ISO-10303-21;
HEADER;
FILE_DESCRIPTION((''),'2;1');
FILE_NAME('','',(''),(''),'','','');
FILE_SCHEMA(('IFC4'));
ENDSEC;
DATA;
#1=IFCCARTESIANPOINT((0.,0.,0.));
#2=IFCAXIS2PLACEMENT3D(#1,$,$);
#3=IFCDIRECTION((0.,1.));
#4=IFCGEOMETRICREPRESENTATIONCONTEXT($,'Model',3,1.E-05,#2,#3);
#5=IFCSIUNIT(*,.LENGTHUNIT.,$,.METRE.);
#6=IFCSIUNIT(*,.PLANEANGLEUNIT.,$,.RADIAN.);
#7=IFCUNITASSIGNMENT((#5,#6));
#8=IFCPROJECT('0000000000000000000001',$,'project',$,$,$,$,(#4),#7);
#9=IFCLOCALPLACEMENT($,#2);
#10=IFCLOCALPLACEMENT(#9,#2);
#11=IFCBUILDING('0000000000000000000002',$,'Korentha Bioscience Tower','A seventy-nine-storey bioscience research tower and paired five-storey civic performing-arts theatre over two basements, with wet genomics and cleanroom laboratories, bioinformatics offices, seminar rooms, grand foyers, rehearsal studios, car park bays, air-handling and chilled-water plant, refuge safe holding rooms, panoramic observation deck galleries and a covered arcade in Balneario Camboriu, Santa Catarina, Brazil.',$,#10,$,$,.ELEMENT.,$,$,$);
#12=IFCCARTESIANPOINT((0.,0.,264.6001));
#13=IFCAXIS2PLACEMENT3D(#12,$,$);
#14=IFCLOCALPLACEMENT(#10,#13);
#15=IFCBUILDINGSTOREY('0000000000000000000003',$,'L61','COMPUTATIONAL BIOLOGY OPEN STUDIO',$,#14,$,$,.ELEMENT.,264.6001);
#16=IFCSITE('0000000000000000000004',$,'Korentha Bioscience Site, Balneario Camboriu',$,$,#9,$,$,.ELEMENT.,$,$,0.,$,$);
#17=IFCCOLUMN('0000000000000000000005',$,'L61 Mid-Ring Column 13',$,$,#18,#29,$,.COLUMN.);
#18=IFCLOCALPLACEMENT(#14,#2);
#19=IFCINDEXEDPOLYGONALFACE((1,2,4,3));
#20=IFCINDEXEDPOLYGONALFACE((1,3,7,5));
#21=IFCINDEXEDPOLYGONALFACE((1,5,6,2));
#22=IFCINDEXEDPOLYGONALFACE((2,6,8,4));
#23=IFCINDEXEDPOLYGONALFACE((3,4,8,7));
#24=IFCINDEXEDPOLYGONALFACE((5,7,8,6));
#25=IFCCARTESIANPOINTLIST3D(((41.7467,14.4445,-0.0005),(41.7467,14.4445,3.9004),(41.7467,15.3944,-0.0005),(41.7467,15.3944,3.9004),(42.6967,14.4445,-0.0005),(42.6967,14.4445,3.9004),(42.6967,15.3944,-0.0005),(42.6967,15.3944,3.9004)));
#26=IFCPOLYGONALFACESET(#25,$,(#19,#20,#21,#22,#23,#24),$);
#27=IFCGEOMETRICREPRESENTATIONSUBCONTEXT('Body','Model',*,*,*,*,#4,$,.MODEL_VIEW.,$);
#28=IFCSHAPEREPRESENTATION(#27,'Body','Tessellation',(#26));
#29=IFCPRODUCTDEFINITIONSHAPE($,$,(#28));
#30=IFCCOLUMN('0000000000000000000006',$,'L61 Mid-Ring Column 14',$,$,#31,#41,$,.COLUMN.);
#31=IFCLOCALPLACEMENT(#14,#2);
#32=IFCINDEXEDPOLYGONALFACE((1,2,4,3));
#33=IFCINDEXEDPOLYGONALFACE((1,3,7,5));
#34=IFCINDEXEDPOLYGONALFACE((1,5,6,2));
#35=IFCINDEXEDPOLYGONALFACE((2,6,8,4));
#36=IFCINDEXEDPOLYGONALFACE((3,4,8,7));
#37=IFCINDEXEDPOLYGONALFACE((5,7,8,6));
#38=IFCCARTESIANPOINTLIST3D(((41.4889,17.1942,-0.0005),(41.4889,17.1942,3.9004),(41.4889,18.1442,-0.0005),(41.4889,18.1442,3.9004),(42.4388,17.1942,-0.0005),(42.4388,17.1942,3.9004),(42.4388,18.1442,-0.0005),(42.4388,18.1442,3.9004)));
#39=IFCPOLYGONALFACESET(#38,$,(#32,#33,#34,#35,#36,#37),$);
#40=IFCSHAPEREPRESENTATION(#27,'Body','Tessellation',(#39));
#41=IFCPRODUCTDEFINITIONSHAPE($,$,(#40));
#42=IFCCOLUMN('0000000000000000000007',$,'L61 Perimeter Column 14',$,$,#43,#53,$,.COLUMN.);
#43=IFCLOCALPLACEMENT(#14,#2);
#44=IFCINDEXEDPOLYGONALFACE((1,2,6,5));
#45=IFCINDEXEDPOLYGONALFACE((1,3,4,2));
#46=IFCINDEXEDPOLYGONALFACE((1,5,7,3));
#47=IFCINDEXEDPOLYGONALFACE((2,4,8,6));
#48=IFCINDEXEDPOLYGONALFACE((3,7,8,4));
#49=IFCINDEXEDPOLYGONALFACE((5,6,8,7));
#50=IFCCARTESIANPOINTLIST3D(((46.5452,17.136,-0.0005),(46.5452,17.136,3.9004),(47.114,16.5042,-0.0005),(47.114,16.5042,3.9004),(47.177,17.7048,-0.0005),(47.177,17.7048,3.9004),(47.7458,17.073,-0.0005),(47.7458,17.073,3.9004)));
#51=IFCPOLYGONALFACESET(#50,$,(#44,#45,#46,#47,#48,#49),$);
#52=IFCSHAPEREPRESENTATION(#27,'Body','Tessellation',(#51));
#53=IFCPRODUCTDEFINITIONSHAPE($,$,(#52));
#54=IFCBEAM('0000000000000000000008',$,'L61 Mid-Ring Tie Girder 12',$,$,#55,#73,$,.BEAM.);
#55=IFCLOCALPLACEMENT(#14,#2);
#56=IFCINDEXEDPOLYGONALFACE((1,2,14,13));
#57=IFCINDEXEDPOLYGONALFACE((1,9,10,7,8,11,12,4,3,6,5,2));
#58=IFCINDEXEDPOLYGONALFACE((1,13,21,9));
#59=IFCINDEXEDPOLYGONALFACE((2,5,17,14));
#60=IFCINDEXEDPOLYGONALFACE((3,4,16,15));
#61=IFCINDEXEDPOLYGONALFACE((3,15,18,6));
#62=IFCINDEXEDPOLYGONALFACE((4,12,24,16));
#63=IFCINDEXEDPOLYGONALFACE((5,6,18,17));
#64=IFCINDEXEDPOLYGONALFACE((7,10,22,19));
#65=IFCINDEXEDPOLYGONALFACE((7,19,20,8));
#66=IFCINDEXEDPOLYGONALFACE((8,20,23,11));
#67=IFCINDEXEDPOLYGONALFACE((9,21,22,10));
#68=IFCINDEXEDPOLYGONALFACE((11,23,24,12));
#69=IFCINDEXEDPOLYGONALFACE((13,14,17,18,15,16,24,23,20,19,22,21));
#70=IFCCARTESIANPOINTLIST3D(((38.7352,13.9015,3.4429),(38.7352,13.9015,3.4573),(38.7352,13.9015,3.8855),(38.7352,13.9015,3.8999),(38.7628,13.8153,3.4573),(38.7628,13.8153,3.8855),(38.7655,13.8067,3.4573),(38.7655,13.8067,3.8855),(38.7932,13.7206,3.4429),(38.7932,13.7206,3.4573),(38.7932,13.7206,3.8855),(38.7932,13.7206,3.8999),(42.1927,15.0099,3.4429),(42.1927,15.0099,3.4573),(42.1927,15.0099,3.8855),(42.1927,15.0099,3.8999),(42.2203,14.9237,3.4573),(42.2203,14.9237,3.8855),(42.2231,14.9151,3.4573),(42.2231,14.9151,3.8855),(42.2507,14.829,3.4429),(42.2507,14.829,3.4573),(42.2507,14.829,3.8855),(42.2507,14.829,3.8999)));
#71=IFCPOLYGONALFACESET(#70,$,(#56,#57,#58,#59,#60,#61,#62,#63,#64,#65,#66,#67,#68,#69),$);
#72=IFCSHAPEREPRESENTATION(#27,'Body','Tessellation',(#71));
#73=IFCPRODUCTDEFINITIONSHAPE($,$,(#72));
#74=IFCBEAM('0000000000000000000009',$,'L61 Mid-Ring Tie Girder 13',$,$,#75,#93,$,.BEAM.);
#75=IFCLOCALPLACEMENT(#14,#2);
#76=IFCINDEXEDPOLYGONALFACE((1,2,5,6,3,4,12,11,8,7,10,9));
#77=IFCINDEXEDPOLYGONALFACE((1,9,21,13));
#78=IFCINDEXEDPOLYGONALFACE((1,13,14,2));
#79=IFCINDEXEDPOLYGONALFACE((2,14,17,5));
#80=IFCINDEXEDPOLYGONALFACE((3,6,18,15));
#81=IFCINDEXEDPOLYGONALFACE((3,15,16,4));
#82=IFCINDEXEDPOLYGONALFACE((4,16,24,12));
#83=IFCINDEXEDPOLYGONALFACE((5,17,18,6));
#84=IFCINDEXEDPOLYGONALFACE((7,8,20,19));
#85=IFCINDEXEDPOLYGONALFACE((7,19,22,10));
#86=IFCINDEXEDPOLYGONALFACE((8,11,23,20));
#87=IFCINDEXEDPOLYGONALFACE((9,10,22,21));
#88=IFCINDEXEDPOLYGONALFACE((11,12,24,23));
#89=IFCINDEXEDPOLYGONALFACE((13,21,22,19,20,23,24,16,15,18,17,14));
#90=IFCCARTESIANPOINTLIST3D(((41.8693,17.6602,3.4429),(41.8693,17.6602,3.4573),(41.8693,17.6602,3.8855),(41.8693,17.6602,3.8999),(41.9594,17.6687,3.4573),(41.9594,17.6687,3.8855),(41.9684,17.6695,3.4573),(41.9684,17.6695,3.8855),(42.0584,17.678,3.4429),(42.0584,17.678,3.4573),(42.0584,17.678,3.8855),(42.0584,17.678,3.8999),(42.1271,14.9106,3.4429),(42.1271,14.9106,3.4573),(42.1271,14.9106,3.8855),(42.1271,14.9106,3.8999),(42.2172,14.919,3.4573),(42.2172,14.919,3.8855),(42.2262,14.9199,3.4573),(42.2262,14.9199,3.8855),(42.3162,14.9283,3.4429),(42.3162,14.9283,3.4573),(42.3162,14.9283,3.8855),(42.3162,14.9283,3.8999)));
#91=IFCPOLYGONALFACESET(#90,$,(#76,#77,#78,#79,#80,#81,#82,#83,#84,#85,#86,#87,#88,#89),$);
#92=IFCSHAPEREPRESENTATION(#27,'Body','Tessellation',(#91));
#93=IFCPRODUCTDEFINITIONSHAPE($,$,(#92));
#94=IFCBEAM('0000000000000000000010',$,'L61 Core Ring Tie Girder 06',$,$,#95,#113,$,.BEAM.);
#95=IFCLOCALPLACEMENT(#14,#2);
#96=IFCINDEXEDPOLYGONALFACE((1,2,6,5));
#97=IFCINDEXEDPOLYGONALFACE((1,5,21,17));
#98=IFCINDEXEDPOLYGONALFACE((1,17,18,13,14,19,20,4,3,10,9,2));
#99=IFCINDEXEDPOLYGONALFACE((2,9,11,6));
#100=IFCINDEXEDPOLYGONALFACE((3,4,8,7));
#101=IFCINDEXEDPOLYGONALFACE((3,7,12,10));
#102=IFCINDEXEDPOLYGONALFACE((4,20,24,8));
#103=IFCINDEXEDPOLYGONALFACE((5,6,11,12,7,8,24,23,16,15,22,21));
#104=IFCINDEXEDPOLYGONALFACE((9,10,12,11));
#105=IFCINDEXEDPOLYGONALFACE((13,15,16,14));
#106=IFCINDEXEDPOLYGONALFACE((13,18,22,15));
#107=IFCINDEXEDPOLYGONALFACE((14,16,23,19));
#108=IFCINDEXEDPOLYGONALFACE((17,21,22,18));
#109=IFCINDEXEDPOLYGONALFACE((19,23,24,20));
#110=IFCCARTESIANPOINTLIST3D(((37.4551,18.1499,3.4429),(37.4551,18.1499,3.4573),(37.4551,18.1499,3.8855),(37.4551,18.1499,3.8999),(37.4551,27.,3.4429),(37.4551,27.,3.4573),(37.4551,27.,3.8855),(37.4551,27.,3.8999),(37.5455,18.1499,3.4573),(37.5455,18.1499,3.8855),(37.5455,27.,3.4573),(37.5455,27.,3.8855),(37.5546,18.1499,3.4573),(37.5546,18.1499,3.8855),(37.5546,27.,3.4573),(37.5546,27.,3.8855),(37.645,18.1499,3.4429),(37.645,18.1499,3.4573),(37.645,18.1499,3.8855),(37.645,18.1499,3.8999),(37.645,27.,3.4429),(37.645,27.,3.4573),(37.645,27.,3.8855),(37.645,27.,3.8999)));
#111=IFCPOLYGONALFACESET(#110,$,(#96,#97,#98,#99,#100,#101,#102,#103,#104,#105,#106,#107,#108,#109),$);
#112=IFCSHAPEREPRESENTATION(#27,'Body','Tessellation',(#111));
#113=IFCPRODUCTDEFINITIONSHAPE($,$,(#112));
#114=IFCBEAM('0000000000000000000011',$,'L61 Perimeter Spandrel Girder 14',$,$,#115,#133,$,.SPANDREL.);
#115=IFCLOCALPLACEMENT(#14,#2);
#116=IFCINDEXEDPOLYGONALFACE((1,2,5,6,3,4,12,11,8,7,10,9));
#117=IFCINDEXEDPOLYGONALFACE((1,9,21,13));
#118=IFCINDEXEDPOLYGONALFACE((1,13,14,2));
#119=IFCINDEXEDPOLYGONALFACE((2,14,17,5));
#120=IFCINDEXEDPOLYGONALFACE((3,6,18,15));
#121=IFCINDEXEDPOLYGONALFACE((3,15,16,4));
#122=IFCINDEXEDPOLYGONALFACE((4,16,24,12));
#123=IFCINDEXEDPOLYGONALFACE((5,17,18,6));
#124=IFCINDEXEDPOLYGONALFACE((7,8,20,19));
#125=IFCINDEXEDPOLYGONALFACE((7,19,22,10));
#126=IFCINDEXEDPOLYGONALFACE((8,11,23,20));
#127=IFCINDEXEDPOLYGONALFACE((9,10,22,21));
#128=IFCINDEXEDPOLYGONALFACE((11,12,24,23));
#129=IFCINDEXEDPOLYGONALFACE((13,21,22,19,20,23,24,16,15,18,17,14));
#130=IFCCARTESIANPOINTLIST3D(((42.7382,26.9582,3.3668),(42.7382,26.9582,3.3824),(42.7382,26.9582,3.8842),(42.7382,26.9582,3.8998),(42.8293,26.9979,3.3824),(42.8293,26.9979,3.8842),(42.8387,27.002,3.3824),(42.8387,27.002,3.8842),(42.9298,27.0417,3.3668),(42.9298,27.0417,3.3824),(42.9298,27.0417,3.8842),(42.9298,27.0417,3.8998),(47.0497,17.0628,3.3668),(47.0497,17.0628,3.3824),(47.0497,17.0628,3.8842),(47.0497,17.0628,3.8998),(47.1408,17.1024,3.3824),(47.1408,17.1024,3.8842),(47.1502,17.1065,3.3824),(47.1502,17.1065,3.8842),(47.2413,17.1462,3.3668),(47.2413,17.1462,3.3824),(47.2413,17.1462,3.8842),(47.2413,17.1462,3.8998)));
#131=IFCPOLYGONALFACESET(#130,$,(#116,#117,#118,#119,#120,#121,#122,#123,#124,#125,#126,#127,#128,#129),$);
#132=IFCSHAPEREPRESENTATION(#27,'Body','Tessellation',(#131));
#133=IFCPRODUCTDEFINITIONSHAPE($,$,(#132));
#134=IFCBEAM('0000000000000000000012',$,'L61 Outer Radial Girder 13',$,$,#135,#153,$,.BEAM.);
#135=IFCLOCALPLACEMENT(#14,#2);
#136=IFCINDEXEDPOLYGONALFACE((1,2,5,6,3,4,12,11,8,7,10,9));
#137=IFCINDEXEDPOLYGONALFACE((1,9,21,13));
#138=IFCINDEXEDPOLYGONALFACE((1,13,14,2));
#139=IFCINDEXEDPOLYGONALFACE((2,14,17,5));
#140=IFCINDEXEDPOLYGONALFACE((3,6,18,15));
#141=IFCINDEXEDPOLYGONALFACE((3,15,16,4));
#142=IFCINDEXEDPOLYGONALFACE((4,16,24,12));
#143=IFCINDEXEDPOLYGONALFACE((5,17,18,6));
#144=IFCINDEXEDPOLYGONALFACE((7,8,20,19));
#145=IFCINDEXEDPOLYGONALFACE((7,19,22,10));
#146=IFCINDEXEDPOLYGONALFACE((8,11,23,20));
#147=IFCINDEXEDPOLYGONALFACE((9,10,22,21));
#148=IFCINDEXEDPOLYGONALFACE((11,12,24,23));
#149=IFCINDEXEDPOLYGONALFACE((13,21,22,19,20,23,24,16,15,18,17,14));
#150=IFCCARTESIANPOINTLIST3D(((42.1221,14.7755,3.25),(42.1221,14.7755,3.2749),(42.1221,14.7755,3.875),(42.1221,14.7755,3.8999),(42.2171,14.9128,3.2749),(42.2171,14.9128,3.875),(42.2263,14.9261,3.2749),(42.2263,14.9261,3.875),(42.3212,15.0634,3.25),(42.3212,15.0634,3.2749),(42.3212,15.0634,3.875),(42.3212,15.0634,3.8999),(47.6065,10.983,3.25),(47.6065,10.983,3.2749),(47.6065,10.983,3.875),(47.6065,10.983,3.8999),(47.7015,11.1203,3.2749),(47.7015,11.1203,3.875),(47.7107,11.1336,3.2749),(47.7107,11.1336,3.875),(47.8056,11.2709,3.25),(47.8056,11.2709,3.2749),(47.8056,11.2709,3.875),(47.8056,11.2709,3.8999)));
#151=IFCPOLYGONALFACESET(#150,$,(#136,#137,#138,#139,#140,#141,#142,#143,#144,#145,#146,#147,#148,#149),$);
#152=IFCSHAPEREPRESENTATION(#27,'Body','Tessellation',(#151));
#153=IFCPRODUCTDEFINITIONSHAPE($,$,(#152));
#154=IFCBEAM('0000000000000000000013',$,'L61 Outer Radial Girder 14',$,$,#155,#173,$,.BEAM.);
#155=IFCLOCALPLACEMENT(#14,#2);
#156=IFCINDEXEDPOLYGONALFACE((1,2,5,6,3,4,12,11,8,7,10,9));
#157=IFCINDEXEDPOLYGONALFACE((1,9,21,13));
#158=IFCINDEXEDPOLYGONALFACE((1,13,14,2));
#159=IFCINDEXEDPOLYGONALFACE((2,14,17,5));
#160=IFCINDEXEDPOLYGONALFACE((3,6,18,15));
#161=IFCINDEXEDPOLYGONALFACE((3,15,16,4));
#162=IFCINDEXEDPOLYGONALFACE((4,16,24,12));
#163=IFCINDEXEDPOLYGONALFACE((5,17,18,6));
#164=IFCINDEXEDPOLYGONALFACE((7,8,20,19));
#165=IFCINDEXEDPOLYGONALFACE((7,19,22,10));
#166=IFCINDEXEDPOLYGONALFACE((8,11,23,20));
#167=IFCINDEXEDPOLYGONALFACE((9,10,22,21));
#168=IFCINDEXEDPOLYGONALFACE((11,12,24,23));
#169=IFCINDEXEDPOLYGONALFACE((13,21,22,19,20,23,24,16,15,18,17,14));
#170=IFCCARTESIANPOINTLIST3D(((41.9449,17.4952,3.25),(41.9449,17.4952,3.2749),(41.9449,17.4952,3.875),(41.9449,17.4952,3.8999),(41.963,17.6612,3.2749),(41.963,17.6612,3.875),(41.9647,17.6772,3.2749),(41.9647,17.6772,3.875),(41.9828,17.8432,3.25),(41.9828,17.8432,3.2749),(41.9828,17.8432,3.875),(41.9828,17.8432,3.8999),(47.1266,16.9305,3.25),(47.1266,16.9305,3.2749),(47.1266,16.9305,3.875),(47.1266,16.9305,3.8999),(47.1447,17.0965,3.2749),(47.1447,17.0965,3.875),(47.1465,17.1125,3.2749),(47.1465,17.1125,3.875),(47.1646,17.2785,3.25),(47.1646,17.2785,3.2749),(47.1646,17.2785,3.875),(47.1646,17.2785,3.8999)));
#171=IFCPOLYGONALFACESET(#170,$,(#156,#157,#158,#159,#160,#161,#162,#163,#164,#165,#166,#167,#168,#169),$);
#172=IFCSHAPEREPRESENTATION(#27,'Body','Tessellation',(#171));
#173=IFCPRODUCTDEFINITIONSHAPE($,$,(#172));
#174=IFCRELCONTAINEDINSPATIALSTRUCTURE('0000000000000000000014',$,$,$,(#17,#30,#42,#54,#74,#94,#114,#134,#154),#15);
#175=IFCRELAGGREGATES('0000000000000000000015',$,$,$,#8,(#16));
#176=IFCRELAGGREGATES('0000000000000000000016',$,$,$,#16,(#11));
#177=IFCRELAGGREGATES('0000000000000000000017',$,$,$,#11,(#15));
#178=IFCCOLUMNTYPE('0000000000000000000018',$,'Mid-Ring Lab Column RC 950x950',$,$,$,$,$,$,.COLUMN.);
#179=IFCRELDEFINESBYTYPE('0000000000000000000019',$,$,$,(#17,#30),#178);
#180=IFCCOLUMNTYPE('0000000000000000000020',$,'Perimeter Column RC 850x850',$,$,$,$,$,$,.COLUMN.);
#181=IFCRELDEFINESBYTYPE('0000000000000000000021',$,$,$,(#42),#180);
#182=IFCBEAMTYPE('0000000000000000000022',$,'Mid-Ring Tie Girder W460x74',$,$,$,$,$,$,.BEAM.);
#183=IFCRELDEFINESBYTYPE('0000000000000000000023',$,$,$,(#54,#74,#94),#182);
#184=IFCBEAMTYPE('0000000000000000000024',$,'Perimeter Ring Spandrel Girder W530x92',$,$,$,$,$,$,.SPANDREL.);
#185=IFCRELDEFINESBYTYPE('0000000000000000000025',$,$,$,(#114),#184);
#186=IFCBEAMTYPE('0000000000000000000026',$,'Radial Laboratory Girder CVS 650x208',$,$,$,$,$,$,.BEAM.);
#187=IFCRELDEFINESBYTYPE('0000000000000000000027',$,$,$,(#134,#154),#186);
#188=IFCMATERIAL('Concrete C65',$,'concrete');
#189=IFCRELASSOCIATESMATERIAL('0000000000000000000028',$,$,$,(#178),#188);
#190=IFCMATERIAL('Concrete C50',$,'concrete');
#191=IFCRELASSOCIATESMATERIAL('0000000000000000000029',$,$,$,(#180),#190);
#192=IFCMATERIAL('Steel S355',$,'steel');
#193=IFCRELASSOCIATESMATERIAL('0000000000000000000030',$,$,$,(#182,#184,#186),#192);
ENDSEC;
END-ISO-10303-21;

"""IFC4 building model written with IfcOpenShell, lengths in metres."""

from ifc_helpers import new_model, si_unit, direction, frame, origin, origin_2d, place, context, subcontext, project, spatial, rectangle, i_section, extrude, material, material_profile, profile_set, type_object, element, save


model = new_model("IFC4")

# Units and contexts
model_context = context("Model", 3, precision=1e-05, world=origin(), true_north=direction((0.0, 1.0)))
body_context = subcontext(model_context, "Body", "Model", "MODEL_VIEW")
ifc_project = project(units=[si_unit("LENGTHUNIT", "METRE"), si_unit("PLANEANGLEUNIT", "RADIAN")], contexts=[model_context])

# Site, building, storey
site_placement = place(None, origin())
site = spatial("IfcSite", under=ifc_project, at=site_placement, Name="Korentha Bioscience Site, Balneario Camboriu", CompositionType="ELEMENT", RefElevation=0.0)
building_placement = place(site_placement, origin())
building = spatial("IfcBuilding", under=site, at=building_placement, Name="Korentha Bioscience Tower", Description="A seventy-nine-storey bioscience research tower and paired five-storey civic performing-arts theatre over two basements, with wet genomics and cleanroom laboratories, bioinformatics offices, seminar rooms, grand foyers, rehearsal studios, car park bays, air-handling and chilled-water plant, refuge safe holding rooms, panoramic observation deck galleries and a covered arcade in Balneario Camboriu, Santa Catarina, Brazil.", CompositionType="ELEMENT")
storey_placement = place(building_placement, frame((0.0, 0.0, 264.6001)))
storey = spatial("IfcBuildingStorey", under=building, at=storey_placement, Name="L61", Description="COMPUTATIONAL BIOLOGY OPEN STUDIO", CompositionType="ELEMENT", Elevation=264.6001)

# Columns
ifc_material_1 = material(Name="Concrete C65", Category="concrete")
ifc_material_profile_1 = material_profile(ifc_material_1, rectangle(XDim=0.95, YDim=0.95, at=origin_2d()), Name="Concrete C65")
ifc_profile_set_1 = profile_set([ifc_material_profile_1], Name="Concrete C65 (COL-MR09)")
column_type_1 = type_object("IfcColumnType", Name="Mid-Ring Lab Column RC 950x950", PredefinedType="COLUMN", material=ifc_profile_set_1)
for number, where, z_axis, x_axis, name in (
    (1, (42.2217, 14.9194, -0.0005), (0.0, 0.0, 1.0), (1.0, 0.0, 0.0), "L61 Mid-Ring Column 13"),
    (2, (41.9639, 17.6692, -0.0005), (0.0, 0.0, 1.0), (1.0, 0.0, 0.0), "L61 Mid-Ring Column 14"),
):
    element("IfcColumn", number, at=place(storey_placement, frame(where, z_axis=z_axis, x_axis=x_axis)), inside=storey, type_object=column_type_1, Name=name, PredefinedType="COLUMN", context=body_context, shape_type="SweptSolid", body=[
        extrude(rectangle(XDim=0.95, YDim=0.95, at=origin_2d()), origin(), (0.0, 0.0, 1.0), 3.9009),
    ])
ifc_material_2 = material(Name="Concrete C50", Category="concrete")
ifc_material_profile_2 = material_profile(ifc_material_2, rectangle(XDim=0.8501, YDim=0.8501, at=origin_2d()), Name="Concrete C50")
ifc_profile_set_2 = profile_set([ifc_material_profile_2], Name="Concrete C50 (COL-P08)")
column_type_2 = type_object("IfcColumnType", Name="Perimeter Column RC 850x850", PredefinedType="COLUMN", material=ifc_profile_set_2)
column_placement = place(storey_placement, frame((47.1455, 17.1045, -0.0005), z_axis=(0.0, 0.0, 1.0), x_axis=(-0.669131, 0.743145, 0.0)))
element("IfcColumn", 3, at=column_placement, inside=storey, type_object=column_type_2, Name="L61 Perimeter Column 14", PredefinedType="COLUMN", context=body_context, shape_type="SweptSolid", body=[
    extrude(rectangle(XDim=0.8501, YDim=0.8501, at=origin_2d()), origin(), (0.0, 0.0, 1.0), 3.9009),
])

# Beams
ifc_material_3 = material(Name="Steel S355", Category="steel")
ifc_material_profile_3 = material_profile(ifc_material_3, i_section(OverallWidth=0.1899, OverallDepth=0.457, WebThickness=0.009, FlangeThickness=0.0144, at=origin_2d()), Name="Steel S355")
ifc_profile_set_3 = profile_set([ifc_material_profile_3], Name="Steel S355 (MB-460)")
beam_type_1 = type_object("IfcBeamType", Name="Mid-Ring Tie Girder W460x74", PredefinedType="BEAM", material=ifc_profile_set_3)
beam_1_placement = place(storey_placement, frame((38.7642, 13.811, 3.6714), z_axis=(0.952265, 0.305273, 0.0), x_axis=(-0.305273, 0.952265, 0.0)))
element("IfcBeam", 4, at=beam_1_placement, inside=storey, type_object=beam_type_1, Name="L61 Mid-Ring Tie Girder 12", PredefinedType="BEAM", context=body_context, shape_type="SweptSolid", body=[
    extrude(i_section(OverallWidth=0.1899, OverallDepth=0.457, WebThickness=0.009, FlangeThickness=0.0144, at=origin_2d()), origin(), (0.0, 0.0, 1.0), 3.6309),
])
beam_2_placement = place(storey_placement, frame((42.2217, 14.9194, 3.6714), z_axis=(-0.093349, 0.995633, 0.0), x_axis=(-0.995633, -0.093349, 0.0)))
element("IfcBeam", 5, at=beam_2_placement, inside=storey, type_object=beam_type_1, Name="L61 Mid-Ring Tie Girder 13", PredefinedType="BEAM", context=body_context, shape_type="SweptSolid", body=[
    extrude(i_section(OverallWidth=0.1899, OverallDepth=0.457, WebThickness=0.009, FlangeThickness=0.0144, at=origin_2d()), origin(), (0.0, 0.0, 1.0), 2.7617),
])
beam_3_placement = place(storey_placement, frame((37.55, 18.1499, 3.6714), z_axis=(0.0, 1.0, 0.0), x_axis=(-1.0, 0.0, 0.0)))
element("IfcBeam", 6, at=beam_3_placement, inside=storey, type_object=beam_type_1, Name="L61 Core Ring Tie Girder 06", PredefinedType="BEAM", context=body_context, shape_type="SweptSolid", body=[
    extrude(i_section(OverallWidth=0.1899, OverallDepth=0.457, WebThickness=0.009, FlangeThickness=0.0144, at=origin_2d()), origin(), (0.0, 0.0, 1.0), 8.8501),
])
ifc_material_profile_4 = material_profile(ifc_material_3, i_section(OverallWidth=0.209, OverallDepth=0.533, WebThickness=0.0103, FlangeThickness=0.0156, at=origin_2d()), Name="Steel S355")
ifc_profile_set_4 = profile_set([ifc_material_profile_4], Name="Steel S355 (SB-530)")
beam_type_2 = type_object("IfcBeamType", Name="Perimeter Ring Spandrel Girder W530x92", PredefinedType="SPANDREL", material=ifc_profile_set_4)
beam_4_placement = place(storey_placement, frame((47.1455, 17.1045, 3.6333), z_axis=(-0.399437, 0.916761, 0.0), x_axis=(-0.916761, -0.399437, 0.0)))
element("IfcBeam", 7, at=beam_4_placement, inside=storey, type_object=beam_type_2, Name="L61 Perimeter Spandrel Girder 14", PredefinedType="SPANDREL", context=body_context, shape_type="SweptSolid", body=[
    extrude(i_section(OverallWidth=0.209, OverallDepth=0.533, WebThickness=0.0103, FlangeThickness=0.0156, at=origin_2d()), origin(), (0.0, 0.0, 1.0), 10.7939),
])
ifc_material_profile_5 = material_profile(ifc_material_3, i_section(OverallWidth=0.3501, OverallDepth=0.6499, WebThickness=0.0161, FlangeThickness=0.0249, at=origin_2d()), Name="Steel S355")
ifc_profile_set_5 = profile_set([ifc_material_profile_5], Name="Steel S355 (RB-650)")
beam_type_3 = type_object("IfcBeamType", Name="Radial Laboratory Girder CVS 650x208", PredefinedType="BEAM", material=ifc_profile_set_5)
beam_5_placement = place(storey_placement, frame((42.2217, 14.9194, 3.575), z_axis=(0.822501, -0.568764, 0.0), x_axis=(0.568764, 0.822501, 0.0)))
element("IfcBeam", 8, at=beam_5_placement, inside=storey, type_object=beam_type_3, Name="L61 Outer Radial Girder 13", PredefinedType="BEAM", context=body_context, shape_type="SweptSolid", body=[
    extrude(i_section(OverallWidth=0.3501, OverallDepth=0.6499, WebThickness=0.0161, FlangeThickness=0.0249, at=origin_2d()), origin(), (0.0, 0.0, 1.0), 6.668),
])
beam_6_placement = place(storey_placement, frame((41.9639, 17.6692, 3.575), z_axis=(0.994114, -0.108339, 0.0), x_axis=(0.108339, 0.994114, 0.0)))
element("IfcBeam", 9, at=beam_6_placement, inside=storey, type_object=beam_type_3, Name="L61 Outer Radial Girder 14", PredefinedType="BEAM", context=body_context, shape_type="SweptSolid", body=[
    extrude(i_section(OverallWidth=0.3501, OverallDepth=0.6499, WebThickness=0.0161, FlangeThickness=0.0249, at=origin_2d()), origin(), (0.0, 0.0, 1.0), 5.2124),
])

save(model, "model.ifc")
